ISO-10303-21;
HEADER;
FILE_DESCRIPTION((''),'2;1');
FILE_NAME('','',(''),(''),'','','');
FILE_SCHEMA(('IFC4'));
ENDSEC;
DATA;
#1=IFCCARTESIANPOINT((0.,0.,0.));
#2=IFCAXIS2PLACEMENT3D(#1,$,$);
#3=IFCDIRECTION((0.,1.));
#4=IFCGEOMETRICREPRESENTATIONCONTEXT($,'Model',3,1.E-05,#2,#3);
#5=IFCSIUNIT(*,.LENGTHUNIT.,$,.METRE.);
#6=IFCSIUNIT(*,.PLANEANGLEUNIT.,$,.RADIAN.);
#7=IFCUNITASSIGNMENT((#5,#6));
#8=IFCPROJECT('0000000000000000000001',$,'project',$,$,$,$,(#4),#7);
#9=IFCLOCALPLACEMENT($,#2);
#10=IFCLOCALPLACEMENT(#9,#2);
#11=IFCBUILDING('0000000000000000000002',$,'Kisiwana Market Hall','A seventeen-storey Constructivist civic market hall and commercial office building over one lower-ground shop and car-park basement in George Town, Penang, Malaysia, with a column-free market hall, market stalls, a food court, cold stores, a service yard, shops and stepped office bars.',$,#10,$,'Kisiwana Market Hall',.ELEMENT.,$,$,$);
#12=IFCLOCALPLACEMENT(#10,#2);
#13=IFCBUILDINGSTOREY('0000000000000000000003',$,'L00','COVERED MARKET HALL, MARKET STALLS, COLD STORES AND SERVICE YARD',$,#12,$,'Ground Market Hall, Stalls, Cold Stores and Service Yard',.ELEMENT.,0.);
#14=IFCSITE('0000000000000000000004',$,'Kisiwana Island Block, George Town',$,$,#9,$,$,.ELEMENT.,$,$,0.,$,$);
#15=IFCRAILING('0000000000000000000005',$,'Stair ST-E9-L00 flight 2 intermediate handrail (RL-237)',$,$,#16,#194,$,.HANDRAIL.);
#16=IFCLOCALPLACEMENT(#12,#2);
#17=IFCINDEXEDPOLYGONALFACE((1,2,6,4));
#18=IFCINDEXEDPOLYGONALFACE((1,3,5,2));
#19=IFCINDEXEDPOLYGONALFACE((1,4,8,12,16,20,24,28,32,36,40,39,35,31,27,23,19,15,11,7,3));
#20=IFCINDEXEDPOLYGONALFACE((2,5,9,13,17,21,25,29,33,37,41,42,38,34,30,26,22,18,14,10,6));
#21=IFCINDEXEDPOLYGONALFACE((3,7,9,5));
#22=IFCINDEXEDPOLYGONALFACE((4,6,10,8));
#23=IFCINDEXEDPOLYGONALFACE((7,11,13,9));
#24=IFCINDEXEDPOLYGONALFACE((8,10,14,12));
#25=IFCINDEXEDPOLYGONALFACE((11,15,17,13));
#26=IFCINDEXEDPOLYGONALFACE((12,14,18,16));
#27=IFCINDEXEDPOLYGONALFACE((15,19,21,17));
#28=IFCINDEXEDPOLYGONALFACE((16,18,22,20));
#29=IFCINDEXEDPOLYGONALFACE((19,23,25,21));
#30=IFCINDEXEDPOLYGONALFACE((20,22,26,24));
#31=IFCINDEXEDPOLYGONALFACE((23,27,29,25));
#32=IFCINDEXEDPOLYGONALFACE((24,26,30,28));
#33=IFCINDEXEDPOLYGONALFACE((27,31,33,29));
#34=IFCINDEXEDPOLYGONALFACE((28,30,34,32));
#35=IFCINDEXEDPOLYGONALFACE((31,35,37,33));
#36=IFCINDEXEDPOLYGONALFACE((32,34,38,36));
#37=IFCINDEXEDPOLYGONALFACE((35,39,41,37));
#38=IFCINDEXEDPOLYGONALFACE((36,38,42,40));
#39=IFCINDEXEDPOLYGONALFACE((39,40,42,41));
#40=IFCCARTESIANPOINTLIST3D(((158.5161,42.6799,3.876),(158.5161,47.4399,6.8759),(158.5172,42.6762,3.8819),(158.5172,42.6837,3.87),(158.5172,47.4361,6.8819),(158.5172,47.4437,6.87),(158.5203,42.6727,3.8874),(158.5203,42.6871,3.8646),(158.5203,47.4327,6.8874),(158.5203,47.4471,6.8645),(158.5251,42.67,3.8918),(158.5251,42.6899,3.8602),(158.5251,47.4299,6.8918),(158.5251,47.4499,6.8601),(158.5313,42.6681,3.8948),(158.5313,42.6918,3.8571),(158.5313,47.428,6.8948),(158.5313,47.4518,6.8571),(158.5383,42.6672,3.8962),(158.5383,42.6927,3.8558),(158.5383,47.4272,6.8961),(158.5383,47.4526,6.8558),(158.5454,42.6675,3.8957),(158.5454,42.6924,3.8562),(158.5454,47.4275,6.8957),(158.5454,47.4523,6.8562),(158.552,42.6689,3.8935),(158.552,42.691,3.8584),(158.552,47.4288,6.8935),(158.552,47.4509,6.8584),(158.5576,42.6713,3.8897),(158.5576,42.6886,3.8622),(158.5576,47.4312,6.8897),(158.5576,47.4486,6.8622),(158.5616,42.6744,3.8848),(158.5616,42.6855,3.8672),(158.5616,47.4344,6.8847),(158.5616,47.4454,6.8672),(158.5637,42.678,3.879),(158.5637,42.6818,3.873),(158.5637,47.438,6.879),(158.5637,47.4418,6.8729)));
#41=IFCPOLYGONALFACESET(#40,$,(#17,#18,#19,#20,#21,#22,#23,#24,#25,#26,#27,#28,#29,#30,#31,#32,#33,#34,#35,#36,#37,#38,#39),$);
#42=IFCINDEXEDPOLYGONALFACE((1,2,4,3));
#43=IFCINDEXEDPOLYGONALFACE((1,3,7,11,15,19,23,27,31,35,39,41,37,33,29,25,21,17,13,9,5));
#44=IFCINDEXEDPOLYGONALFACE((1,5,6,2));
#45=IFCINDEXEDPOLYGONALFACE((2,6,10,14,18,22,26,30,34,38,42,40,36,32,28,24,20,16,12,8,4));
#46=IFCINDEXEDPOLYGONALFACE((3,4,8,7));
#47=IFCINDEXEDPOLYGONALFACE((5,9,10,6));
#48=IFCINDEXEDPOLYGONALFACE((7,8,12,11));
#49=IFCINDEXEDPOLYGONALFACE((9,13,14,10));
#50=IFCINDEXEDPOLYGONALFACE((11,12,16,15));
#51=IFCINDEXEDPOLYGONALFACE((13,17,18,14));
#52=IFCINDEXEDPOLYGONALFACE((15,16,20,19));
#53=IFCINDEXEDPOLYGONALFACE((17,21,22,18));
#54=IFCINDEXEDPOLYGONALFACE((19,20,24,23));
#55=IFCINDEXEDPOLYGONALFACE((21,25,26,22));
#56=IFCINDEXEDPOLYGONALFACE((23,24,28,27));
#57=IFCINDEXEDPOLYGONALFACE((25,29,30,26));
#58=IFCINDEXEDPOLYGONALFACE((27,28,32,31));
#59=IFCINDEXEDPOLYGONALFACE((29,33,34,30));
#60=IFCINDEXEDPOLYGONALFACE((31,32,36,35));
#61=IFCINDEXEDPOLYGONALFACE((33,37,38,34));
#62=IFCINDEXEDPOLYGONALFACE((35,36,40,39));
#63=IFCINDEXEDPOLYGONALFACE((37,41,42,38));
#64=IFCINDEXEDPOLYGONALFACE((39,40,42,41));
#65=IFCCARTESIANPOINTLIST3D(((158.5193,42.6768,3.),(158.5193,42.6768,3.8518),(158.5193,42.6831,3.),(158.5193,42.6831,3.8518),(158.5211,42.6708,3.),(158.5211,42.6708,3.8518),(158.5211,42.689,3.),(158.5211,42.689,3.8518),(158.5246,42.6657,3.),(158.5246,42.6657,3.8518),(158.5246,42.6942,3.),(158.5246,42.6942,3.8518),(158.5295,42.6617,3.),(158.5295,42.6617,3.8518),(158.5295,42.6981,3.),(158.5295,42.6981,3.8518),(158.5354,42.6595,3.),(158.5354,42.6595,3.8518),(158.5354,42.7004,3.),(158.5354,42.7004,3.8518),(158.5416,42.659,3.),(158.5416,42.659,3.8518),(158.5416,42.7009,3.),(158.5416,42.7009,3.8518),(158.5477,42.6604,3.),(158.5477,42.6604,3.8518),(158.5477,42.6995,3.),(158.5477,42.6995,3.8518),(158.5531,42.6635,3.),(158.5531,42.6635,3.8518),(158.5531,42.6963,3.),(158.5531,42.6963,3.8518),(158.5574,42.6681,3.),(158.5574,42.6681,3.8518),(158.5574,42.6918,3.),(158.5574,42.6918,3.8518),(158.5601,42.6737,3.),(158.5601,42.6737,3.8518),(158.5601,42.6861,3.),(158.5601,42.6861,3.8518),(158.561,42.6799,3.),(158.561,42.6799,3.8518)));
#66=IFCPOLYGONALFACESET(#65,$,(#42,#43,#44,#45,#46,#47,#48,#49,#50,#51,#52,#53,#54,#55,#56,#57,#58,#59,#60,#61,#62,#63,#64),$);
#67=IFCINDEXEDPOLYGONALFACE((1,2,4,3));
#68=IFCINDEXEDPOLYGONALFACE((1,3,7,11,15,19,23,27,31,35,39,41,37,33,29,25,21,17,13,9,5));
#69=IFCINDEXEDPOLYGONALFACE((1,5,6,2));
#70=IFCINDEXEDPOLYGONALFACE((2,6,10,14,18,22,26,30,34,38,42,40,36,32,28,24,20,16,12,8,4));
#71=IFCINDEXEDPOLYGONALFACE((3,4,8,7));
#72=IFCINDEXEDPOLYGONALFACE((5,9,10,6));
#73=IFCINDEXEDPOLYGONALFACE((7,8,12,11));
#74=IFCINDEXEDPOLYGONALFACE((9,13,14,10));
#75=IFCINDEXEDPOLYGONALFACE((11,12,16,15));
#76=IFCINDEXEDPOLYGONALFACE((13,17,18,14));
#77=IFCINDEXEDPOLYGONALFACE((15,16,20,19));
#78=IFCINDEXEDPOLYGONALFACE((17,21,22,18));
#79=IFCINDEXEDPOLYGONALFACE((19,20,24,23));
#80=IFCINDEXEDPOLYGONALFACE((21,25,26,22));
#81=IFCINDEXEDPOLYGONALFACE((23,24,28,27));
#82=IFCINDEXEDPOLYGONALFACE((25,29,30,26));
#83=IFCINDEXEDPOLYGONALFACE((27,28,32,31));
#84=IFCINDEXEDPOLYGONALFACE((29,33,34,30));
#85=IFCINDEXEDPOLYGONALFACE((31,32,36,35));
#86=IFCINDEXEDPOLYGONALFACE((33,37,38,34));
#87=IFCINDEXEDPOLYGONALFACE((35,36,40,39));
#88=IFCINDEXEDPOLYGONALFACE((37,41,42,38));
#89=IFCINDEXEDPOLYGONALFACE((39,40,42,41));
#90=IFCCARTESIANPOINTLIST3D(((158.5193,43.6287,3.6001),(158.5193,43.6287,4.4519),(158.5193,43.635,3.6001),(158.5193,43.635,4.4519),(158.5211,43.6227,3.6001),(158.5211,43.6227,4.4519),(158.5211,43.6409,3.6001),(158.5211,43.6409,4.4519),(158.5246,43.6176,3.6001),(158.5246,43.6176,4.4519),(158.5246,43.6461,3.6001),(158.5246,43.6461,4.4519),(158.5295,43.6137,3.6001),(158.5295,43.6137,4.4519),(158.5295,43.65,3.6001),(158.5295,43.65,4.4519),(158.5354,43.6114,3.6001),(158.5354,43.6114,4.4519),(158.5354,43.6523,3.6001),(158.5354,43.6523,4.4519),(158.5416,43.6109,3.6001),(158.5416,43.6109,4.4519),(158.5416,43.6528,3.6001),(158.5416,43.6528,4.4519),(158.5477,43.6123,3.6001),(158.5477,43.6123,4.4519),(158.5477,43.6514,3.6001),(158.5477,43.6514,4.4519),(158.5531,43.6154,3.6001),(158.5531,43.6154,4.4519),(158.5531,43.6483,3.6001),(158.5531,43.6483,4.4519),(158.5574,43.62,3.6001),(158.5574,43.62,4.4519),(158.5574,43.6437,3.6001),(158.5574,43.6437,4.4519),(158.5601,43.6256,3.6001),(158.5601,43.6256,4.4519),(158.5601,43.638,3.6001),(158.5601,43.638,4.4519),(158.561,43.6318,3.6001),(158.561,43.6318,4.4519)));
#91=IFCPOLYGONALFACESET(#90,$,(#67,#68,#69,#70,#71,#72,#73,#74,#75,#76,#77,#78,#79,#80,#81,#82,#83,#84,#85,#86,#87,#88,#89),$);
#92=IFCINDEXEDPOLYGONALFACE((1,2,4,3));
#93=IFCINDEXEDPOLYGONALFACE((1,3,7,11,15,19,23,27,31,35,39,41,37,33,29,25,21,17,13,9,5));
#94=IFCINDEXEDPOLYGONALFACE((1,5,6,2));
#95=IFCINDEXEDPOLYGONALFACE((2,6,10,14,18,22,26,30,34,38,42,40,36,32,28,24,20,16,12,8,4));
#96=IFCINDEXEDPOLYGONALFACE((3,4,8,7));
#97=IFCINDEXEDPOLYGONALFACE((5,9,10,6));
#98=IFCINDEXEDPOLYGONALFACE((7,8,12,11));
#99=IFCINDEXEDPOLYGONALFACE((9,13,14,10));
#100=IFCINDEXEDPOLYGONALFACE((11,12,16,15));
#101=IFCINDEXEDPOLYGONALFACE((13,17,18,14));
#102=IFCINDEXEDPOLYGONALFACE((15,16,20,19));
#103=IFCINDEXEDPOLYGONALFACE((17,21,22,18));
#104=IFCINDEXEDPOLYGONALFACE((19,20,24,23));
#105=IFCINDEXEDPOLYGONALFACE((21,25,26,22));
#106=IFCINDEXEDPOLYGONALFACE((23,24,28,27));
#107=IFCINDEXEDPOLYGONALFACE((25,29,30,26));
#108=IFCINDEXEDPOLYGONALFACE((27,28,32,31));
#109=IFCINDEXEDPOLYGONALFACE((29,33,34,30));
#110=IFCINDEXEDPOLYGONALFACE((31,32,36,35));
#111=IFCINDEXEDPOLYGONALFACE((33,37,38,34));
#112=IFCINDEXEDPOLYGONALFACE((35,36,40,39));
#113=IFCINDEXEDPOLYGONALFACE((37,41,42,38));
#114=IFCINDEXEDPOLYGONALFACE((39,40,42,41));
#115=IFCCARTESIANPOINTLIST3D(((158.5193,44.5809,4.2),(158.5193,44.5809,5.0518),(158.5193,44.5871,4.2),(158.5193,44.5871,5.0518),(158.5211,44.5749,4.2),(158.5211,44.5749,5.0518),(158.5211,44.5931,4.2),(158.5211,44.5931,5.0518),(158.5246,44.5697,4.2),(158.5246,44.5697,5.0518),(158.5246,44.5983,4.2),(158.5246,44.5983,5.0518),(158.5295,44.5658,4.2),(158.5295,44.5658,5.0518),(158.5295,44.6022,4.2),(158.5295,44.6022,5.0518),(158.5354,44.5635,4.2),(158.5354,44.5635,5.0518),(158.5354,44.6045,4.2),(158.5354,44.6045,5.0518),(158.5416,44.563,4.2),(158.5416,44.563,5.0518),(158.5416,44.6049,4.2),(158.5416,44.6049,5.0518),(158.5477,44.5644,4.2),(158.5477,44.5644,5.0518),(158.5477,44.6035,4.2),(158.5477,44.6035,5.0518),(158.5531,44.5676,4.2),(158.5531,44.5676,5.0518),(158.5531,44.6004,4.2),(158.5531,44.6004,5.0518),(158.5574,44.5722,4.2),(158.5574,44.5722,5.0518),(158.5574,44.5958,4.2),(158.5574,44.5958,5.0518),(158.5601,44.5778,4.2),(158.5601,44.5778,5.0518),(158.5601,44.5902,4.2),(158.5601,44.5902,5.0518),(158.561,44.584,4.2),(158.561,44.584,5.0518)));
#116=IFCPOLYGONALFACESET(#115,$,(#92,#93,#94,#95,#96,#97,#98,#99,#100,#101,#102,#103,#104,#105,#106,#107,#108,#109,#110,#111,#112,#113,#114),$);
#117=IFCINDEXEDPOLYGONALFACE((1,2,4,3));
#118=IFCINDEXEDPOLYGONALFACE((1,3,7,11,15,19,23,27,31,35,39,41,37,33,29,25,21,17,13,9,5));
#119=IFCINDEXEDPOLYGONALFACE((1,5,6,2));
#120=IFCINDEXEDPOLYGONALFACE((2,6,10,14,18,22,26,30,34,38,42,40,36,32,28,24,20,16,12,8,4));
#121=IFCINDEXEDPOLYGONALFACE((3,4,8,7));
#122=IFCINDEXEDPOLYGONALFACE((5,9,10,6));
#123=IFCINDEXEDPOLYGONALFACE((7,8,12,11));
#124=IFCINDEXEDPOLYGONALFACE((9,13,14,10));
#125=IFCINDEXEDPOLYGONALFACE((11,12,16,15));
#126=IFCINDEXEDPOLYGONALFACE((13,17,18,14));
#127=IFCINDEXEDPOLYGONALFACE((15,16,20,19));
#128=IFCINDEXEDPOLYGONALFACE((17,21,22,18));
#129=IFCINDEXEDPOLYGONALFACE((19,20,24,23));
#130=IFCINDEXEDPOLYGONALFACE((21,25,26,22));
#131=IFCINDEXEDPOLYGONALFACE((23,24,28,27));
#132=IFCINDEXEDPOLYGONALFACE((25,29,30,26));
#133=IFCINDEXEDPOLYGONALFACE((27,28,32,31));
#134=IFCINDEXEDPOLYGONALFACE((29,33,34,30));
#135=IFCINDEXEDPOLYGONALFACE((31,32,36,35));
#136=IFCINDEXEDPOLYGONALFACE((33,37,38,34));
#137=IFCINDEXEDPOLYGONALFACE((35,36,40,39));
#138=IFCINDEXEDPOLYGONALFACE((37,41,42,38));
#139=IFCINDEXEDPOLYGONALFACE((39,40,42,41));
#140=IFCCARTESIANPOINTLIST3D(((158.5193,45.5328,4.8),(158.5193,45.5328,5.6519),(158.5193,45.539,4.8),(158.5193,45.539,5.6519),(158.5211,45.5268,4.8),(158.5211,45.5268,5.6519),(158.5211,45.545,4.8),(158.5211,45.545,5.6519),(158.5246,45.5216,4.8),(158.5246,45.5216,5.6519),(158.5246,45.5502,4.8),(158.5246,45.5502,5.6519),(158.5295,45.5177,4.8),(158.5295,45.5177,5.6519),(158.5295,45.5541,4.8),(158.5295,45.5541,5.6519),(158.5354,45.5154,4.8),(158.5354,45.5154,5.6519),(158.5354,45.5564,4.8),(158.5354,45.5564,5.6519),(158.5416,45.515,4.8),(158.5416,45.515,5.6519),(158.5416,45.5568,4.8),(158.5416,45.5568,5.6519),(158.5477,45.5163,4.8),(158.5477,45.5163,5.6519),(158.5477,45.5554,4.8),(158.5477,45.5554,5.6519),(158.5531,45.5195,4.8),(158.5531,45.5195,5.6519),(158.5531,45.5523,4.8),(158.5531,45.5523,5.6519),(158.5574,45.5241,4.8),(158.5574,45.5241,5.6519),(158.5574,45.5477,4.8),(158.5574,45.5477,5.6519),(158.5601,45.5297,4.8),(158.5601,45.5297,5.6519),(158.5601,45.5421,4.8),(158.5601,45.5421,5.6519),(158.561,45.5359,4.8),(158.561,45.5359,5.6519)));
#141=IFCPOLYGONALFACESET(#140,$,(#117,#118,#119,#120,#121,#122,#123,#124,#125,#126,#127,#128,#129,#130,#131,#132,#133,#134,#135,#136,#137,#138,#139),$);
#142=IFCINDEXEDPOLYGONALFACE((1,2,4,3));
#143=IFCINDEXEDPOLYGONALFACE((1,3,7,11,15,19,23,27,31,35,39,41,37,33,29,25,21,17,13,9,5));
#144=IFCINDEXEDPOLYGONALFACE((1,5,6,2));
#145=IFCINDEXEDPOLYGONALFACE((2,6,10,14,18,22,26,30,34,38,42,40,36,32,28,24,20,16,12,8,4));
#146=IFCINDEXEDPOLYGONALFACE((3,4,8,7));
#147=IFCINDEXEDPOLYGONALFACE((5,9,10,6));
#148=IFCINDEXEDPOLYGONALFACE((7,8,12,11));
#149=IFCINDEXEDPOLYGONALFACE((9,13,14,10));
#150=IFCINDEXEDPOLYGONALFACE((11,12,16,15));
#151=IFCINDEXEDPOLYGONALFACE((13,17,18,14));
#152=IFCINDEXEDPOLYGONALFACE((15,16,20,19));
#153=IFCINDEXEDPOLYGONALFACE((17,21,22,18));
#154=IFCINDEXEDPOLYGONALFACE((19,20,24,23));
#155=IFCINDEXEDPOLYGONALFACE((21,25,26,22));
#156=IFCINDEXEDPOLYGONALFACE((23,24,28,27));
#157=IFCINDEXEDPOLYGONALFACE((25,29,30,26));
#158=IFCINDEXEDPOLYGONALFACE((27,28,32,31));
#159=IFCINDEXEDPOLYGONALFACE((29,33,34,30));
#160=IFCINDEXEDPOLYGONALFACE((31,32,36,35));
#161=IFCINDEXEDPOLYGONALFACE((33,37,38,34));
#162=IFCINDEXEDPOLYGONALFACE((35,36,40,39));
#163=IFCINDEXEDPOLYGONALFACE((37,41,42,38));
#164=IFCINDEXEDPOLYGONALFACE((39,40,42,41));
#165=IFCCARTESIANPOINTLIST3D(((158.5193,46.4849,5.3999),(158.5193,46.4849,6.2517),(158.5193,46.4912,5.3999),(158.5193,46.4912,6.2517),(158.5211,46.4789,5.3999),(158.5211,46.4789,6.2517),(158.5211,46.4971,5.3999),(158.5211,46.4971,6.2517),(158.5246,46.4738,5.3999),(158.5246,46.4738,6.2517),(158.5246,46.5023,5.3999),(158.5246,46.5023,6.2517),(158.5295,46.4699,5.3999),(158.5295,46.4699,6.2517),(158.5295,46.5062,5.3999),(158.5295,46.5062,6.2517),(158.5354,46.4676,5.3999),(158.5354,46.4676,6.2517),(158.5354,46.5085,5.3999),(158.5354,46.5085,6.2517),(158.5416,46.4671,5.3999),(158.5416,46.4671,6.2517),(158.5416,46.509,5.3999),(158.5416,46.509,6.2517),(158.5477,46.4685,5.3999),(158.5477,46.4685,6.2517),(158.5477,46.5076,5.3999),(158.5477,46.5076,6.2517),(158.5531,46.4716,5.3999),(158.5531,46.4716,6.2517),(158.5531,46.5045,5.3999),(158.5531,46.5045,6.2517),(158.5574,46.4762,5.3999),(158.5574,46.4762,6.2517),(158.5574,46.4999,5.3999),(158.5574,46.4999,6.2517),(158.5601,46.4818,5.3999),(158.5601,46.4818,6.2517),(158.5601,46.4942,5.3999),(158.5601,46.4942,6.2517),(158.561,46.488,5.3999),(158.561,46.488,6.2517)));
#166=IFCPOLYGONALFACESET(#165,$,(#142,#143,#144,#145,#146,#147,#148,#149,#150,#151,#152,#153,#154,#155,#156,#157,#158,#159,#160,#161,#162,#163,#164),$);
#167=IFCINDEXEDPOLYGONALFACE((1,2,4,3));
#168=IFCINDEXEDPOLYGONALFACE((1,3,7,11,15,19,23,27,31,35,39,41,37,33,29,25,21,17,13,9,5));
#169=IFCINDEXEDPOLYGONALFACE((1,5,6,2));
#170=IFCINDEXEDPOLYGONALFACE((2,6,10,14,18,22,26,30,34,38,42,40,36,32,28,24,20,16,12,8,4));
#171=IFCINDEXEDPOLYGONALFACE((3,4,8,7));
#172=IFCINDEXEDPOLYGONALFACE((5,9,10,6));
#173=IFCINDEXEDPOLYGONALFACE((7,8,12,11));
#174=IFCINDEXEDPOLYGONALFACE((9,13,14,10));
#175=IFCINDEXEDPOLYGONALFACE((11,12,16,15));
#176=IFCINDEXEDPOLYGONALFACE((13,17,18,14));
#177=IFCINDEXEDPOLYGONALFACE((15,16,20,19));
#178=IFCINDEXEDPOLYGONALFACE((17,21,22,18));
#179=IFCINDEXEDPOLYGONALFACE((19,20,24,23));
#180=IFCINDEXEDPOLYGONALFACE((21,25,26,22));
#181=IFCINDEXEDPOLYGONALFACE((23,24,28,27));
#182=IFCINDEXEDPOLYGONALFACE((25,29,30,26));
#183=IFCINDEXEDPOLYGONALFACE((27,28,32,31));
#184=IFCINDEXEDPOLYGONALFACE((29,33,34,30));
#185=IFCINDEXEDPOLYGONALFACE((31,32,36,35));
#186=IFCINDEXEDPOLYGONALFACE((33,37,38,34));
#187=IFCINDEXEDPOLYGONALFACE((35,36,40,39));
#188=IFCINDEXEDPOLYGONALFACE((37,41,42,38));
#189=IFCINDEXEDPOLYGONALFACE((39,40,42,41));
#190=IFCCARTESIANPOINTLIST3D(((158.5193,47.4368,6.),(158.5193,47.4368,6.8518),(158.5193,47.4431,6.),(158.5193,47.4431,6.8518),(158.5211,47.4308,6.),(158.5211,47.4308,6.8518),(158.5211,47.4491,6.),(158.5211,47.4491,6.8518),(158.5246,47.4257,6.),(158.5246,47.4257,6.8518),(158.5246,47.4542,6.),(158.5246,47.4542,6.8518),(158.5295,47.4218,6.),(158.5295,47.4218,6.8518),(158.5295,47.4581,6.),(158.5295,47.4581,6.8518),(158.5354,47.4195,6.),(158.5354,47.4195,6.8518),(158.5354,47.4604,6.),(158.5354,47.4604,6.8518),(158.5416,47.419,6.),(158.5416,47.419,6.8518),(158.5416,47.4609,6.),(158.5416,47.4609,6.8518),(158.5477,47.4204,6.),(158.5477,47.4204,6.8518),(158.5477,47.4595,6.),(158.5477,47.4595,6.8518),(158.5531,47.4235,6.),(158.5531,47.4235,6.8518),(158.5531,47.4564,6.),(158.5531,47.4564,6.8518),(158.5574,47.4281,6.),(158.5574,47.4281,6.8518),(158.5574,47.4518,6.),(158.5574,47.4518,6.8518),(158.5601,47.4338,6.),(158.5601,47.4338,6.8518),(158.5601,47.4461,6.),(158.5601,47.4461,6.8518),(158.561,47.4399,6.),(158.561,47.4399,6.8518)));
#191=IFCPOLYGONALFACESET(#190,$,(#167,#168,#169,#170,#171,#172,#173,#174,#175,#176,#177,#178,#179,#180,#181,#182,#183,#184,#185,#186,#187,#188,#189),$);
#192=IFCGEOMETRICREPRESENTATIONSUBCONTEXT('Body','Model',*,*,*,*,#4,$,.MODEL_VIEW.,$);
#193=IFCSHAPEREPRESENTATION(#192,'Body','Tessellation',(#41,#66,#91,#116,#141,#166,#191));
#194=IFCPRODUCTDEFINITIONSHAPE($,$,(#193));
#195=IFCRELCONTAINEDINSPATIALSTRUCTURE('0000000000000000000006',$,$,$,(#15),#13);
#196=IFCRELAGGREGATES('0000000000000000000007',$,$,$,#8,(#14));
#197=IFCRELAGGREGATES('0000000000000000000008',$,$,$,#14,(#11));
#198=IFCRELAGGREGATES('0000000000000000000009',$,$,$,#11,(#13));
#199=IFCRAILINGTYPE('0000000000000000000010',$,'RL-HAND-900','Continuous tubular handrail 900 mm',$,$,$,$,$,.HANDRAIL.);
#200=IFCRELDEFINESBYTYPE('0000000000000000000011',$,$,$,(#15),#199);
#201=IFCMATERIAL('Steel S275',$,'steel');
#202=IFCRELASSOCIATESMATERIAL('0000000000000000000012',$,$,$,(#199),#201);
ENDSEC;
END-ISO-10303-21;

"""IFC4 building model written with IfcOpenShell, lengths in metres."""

from ifc_helpers import new_model, si_unit, direction, frame, origin, origin_2d, place, context, subcontext, project, spatial, circle, extrude, material, type_object, element, save


model = new_model("IFC4")

# Units and contexts
model_context = context("Model", 3, precision=1e-05, world=origin(), true_north=direction((0.0, 1.0)))
body_context = subcontext(model_context, "Body", "Model", "MODEL_VIEW")
ifc_project = project(units=[si_unit("LENGTHUNIT", "METRE"), si_unit("PLANEANGLEUNIT", "RADIAN")], contexts=[model_context])

# Site, building, storey
site_placement = place(None, origin())
site = spatial("IfcSite", under=ifc_project, at=site_placement, Name="Kisiwana Island Block, George Town", CompositionType="ELEMENT", RefElevation=0.0)
building_placement = place(site_placement, origin())
building = spatial("IfcBuilding", under=site, at=building_placement, Name="Kisiwana Market Hall", Description="A seventeen-storey Constructivist civic market hall and commercial office building over one lower-ground shop and car-park basement in George Town, Penang, Malaysia, with a column-free market hall, market stalls, a food court, cold stores, a service yard, shops and stepped office bars.", LongName="Kisiwana Market Hall", CompositionType="ELEMENT")
storey_placement = place(building_placement, origin())
storey = spatial("IfcBuildingStorey", under=building, at=storey_placement, Name="L00", Description="COVERED MARKET HALL, MARKET STALLS, COLD STORES AND SERVICE YARD", LongName="Ground Market Hall, Stalls, Cold Stores and Service Yard", CompositionType="ELEMENT", Elevation=0.0)

# Railing
ifc_material_1 = material(Name="Steel S275", Category="steel")
railing_type_1 = type_object("IfcRailingType", Name="RL-HAND-900", Description="Continuous tubular handrail 900 mm", PredefinedType="HANDRAIL", material=ifc_material_1)
railing_1_placement = place(storey_placement, frame((158.54, 42.6799, 3.0)))
element("IfcRailing", 1, at=railing_1_placement, inside=storey, type_object=railing_type_1, Name="Stair ST-E9-L00 flight 2 intermediate handrail (RL-237)", PredefinedType="HANDRAIL", context=body_context, shape_type="SweptSolid", body=[
    extrude(circle(Radius=0.0239, at=origin_2d()), frame((0.0, 0.0, 0.876), z_axis=(0.0, 0.845996, 0.53319), x_axis=(-1.0, 0.0, 0.0)), (0.0, 0.0, 1.0), 5.6265),
    extrude(circle(Radius=0.021, at=origin_2d()), origin(), (0.0, 0.0, 1.0), 0.8518),
    extrude(circle(Radius=0.021, at=origin_2d()), frame((0.0, 0.9519, 0.6001)), (0.0, 0.0, 1.0), 0.8518),
    extrude(circle(Radius=0.021, at=origin_2d()), frame((0.0, 1.9041, 1.2)), (0.0, 0.0, 1.0), 0.8518),
    extrude(circle(Radius=0.021, at=origin_2d()), frame((0.0, 2.856, 1.8)), (0.0, 0.0, 1.0), 0.8518),
    extrude(circle(Radius=0.021, at=origin_2d()), frame((0.0, 3.8081, 2.3999)), (0.0, 0.0, 1.0), 0.8518),
    extrude(circle(Radius=0.021, at=origin_2d()), frame((0.0, 4.76, 3.0)), (0.0, 0.0, 1.0), 0.8518),
])

save(model, "model.ifc")
